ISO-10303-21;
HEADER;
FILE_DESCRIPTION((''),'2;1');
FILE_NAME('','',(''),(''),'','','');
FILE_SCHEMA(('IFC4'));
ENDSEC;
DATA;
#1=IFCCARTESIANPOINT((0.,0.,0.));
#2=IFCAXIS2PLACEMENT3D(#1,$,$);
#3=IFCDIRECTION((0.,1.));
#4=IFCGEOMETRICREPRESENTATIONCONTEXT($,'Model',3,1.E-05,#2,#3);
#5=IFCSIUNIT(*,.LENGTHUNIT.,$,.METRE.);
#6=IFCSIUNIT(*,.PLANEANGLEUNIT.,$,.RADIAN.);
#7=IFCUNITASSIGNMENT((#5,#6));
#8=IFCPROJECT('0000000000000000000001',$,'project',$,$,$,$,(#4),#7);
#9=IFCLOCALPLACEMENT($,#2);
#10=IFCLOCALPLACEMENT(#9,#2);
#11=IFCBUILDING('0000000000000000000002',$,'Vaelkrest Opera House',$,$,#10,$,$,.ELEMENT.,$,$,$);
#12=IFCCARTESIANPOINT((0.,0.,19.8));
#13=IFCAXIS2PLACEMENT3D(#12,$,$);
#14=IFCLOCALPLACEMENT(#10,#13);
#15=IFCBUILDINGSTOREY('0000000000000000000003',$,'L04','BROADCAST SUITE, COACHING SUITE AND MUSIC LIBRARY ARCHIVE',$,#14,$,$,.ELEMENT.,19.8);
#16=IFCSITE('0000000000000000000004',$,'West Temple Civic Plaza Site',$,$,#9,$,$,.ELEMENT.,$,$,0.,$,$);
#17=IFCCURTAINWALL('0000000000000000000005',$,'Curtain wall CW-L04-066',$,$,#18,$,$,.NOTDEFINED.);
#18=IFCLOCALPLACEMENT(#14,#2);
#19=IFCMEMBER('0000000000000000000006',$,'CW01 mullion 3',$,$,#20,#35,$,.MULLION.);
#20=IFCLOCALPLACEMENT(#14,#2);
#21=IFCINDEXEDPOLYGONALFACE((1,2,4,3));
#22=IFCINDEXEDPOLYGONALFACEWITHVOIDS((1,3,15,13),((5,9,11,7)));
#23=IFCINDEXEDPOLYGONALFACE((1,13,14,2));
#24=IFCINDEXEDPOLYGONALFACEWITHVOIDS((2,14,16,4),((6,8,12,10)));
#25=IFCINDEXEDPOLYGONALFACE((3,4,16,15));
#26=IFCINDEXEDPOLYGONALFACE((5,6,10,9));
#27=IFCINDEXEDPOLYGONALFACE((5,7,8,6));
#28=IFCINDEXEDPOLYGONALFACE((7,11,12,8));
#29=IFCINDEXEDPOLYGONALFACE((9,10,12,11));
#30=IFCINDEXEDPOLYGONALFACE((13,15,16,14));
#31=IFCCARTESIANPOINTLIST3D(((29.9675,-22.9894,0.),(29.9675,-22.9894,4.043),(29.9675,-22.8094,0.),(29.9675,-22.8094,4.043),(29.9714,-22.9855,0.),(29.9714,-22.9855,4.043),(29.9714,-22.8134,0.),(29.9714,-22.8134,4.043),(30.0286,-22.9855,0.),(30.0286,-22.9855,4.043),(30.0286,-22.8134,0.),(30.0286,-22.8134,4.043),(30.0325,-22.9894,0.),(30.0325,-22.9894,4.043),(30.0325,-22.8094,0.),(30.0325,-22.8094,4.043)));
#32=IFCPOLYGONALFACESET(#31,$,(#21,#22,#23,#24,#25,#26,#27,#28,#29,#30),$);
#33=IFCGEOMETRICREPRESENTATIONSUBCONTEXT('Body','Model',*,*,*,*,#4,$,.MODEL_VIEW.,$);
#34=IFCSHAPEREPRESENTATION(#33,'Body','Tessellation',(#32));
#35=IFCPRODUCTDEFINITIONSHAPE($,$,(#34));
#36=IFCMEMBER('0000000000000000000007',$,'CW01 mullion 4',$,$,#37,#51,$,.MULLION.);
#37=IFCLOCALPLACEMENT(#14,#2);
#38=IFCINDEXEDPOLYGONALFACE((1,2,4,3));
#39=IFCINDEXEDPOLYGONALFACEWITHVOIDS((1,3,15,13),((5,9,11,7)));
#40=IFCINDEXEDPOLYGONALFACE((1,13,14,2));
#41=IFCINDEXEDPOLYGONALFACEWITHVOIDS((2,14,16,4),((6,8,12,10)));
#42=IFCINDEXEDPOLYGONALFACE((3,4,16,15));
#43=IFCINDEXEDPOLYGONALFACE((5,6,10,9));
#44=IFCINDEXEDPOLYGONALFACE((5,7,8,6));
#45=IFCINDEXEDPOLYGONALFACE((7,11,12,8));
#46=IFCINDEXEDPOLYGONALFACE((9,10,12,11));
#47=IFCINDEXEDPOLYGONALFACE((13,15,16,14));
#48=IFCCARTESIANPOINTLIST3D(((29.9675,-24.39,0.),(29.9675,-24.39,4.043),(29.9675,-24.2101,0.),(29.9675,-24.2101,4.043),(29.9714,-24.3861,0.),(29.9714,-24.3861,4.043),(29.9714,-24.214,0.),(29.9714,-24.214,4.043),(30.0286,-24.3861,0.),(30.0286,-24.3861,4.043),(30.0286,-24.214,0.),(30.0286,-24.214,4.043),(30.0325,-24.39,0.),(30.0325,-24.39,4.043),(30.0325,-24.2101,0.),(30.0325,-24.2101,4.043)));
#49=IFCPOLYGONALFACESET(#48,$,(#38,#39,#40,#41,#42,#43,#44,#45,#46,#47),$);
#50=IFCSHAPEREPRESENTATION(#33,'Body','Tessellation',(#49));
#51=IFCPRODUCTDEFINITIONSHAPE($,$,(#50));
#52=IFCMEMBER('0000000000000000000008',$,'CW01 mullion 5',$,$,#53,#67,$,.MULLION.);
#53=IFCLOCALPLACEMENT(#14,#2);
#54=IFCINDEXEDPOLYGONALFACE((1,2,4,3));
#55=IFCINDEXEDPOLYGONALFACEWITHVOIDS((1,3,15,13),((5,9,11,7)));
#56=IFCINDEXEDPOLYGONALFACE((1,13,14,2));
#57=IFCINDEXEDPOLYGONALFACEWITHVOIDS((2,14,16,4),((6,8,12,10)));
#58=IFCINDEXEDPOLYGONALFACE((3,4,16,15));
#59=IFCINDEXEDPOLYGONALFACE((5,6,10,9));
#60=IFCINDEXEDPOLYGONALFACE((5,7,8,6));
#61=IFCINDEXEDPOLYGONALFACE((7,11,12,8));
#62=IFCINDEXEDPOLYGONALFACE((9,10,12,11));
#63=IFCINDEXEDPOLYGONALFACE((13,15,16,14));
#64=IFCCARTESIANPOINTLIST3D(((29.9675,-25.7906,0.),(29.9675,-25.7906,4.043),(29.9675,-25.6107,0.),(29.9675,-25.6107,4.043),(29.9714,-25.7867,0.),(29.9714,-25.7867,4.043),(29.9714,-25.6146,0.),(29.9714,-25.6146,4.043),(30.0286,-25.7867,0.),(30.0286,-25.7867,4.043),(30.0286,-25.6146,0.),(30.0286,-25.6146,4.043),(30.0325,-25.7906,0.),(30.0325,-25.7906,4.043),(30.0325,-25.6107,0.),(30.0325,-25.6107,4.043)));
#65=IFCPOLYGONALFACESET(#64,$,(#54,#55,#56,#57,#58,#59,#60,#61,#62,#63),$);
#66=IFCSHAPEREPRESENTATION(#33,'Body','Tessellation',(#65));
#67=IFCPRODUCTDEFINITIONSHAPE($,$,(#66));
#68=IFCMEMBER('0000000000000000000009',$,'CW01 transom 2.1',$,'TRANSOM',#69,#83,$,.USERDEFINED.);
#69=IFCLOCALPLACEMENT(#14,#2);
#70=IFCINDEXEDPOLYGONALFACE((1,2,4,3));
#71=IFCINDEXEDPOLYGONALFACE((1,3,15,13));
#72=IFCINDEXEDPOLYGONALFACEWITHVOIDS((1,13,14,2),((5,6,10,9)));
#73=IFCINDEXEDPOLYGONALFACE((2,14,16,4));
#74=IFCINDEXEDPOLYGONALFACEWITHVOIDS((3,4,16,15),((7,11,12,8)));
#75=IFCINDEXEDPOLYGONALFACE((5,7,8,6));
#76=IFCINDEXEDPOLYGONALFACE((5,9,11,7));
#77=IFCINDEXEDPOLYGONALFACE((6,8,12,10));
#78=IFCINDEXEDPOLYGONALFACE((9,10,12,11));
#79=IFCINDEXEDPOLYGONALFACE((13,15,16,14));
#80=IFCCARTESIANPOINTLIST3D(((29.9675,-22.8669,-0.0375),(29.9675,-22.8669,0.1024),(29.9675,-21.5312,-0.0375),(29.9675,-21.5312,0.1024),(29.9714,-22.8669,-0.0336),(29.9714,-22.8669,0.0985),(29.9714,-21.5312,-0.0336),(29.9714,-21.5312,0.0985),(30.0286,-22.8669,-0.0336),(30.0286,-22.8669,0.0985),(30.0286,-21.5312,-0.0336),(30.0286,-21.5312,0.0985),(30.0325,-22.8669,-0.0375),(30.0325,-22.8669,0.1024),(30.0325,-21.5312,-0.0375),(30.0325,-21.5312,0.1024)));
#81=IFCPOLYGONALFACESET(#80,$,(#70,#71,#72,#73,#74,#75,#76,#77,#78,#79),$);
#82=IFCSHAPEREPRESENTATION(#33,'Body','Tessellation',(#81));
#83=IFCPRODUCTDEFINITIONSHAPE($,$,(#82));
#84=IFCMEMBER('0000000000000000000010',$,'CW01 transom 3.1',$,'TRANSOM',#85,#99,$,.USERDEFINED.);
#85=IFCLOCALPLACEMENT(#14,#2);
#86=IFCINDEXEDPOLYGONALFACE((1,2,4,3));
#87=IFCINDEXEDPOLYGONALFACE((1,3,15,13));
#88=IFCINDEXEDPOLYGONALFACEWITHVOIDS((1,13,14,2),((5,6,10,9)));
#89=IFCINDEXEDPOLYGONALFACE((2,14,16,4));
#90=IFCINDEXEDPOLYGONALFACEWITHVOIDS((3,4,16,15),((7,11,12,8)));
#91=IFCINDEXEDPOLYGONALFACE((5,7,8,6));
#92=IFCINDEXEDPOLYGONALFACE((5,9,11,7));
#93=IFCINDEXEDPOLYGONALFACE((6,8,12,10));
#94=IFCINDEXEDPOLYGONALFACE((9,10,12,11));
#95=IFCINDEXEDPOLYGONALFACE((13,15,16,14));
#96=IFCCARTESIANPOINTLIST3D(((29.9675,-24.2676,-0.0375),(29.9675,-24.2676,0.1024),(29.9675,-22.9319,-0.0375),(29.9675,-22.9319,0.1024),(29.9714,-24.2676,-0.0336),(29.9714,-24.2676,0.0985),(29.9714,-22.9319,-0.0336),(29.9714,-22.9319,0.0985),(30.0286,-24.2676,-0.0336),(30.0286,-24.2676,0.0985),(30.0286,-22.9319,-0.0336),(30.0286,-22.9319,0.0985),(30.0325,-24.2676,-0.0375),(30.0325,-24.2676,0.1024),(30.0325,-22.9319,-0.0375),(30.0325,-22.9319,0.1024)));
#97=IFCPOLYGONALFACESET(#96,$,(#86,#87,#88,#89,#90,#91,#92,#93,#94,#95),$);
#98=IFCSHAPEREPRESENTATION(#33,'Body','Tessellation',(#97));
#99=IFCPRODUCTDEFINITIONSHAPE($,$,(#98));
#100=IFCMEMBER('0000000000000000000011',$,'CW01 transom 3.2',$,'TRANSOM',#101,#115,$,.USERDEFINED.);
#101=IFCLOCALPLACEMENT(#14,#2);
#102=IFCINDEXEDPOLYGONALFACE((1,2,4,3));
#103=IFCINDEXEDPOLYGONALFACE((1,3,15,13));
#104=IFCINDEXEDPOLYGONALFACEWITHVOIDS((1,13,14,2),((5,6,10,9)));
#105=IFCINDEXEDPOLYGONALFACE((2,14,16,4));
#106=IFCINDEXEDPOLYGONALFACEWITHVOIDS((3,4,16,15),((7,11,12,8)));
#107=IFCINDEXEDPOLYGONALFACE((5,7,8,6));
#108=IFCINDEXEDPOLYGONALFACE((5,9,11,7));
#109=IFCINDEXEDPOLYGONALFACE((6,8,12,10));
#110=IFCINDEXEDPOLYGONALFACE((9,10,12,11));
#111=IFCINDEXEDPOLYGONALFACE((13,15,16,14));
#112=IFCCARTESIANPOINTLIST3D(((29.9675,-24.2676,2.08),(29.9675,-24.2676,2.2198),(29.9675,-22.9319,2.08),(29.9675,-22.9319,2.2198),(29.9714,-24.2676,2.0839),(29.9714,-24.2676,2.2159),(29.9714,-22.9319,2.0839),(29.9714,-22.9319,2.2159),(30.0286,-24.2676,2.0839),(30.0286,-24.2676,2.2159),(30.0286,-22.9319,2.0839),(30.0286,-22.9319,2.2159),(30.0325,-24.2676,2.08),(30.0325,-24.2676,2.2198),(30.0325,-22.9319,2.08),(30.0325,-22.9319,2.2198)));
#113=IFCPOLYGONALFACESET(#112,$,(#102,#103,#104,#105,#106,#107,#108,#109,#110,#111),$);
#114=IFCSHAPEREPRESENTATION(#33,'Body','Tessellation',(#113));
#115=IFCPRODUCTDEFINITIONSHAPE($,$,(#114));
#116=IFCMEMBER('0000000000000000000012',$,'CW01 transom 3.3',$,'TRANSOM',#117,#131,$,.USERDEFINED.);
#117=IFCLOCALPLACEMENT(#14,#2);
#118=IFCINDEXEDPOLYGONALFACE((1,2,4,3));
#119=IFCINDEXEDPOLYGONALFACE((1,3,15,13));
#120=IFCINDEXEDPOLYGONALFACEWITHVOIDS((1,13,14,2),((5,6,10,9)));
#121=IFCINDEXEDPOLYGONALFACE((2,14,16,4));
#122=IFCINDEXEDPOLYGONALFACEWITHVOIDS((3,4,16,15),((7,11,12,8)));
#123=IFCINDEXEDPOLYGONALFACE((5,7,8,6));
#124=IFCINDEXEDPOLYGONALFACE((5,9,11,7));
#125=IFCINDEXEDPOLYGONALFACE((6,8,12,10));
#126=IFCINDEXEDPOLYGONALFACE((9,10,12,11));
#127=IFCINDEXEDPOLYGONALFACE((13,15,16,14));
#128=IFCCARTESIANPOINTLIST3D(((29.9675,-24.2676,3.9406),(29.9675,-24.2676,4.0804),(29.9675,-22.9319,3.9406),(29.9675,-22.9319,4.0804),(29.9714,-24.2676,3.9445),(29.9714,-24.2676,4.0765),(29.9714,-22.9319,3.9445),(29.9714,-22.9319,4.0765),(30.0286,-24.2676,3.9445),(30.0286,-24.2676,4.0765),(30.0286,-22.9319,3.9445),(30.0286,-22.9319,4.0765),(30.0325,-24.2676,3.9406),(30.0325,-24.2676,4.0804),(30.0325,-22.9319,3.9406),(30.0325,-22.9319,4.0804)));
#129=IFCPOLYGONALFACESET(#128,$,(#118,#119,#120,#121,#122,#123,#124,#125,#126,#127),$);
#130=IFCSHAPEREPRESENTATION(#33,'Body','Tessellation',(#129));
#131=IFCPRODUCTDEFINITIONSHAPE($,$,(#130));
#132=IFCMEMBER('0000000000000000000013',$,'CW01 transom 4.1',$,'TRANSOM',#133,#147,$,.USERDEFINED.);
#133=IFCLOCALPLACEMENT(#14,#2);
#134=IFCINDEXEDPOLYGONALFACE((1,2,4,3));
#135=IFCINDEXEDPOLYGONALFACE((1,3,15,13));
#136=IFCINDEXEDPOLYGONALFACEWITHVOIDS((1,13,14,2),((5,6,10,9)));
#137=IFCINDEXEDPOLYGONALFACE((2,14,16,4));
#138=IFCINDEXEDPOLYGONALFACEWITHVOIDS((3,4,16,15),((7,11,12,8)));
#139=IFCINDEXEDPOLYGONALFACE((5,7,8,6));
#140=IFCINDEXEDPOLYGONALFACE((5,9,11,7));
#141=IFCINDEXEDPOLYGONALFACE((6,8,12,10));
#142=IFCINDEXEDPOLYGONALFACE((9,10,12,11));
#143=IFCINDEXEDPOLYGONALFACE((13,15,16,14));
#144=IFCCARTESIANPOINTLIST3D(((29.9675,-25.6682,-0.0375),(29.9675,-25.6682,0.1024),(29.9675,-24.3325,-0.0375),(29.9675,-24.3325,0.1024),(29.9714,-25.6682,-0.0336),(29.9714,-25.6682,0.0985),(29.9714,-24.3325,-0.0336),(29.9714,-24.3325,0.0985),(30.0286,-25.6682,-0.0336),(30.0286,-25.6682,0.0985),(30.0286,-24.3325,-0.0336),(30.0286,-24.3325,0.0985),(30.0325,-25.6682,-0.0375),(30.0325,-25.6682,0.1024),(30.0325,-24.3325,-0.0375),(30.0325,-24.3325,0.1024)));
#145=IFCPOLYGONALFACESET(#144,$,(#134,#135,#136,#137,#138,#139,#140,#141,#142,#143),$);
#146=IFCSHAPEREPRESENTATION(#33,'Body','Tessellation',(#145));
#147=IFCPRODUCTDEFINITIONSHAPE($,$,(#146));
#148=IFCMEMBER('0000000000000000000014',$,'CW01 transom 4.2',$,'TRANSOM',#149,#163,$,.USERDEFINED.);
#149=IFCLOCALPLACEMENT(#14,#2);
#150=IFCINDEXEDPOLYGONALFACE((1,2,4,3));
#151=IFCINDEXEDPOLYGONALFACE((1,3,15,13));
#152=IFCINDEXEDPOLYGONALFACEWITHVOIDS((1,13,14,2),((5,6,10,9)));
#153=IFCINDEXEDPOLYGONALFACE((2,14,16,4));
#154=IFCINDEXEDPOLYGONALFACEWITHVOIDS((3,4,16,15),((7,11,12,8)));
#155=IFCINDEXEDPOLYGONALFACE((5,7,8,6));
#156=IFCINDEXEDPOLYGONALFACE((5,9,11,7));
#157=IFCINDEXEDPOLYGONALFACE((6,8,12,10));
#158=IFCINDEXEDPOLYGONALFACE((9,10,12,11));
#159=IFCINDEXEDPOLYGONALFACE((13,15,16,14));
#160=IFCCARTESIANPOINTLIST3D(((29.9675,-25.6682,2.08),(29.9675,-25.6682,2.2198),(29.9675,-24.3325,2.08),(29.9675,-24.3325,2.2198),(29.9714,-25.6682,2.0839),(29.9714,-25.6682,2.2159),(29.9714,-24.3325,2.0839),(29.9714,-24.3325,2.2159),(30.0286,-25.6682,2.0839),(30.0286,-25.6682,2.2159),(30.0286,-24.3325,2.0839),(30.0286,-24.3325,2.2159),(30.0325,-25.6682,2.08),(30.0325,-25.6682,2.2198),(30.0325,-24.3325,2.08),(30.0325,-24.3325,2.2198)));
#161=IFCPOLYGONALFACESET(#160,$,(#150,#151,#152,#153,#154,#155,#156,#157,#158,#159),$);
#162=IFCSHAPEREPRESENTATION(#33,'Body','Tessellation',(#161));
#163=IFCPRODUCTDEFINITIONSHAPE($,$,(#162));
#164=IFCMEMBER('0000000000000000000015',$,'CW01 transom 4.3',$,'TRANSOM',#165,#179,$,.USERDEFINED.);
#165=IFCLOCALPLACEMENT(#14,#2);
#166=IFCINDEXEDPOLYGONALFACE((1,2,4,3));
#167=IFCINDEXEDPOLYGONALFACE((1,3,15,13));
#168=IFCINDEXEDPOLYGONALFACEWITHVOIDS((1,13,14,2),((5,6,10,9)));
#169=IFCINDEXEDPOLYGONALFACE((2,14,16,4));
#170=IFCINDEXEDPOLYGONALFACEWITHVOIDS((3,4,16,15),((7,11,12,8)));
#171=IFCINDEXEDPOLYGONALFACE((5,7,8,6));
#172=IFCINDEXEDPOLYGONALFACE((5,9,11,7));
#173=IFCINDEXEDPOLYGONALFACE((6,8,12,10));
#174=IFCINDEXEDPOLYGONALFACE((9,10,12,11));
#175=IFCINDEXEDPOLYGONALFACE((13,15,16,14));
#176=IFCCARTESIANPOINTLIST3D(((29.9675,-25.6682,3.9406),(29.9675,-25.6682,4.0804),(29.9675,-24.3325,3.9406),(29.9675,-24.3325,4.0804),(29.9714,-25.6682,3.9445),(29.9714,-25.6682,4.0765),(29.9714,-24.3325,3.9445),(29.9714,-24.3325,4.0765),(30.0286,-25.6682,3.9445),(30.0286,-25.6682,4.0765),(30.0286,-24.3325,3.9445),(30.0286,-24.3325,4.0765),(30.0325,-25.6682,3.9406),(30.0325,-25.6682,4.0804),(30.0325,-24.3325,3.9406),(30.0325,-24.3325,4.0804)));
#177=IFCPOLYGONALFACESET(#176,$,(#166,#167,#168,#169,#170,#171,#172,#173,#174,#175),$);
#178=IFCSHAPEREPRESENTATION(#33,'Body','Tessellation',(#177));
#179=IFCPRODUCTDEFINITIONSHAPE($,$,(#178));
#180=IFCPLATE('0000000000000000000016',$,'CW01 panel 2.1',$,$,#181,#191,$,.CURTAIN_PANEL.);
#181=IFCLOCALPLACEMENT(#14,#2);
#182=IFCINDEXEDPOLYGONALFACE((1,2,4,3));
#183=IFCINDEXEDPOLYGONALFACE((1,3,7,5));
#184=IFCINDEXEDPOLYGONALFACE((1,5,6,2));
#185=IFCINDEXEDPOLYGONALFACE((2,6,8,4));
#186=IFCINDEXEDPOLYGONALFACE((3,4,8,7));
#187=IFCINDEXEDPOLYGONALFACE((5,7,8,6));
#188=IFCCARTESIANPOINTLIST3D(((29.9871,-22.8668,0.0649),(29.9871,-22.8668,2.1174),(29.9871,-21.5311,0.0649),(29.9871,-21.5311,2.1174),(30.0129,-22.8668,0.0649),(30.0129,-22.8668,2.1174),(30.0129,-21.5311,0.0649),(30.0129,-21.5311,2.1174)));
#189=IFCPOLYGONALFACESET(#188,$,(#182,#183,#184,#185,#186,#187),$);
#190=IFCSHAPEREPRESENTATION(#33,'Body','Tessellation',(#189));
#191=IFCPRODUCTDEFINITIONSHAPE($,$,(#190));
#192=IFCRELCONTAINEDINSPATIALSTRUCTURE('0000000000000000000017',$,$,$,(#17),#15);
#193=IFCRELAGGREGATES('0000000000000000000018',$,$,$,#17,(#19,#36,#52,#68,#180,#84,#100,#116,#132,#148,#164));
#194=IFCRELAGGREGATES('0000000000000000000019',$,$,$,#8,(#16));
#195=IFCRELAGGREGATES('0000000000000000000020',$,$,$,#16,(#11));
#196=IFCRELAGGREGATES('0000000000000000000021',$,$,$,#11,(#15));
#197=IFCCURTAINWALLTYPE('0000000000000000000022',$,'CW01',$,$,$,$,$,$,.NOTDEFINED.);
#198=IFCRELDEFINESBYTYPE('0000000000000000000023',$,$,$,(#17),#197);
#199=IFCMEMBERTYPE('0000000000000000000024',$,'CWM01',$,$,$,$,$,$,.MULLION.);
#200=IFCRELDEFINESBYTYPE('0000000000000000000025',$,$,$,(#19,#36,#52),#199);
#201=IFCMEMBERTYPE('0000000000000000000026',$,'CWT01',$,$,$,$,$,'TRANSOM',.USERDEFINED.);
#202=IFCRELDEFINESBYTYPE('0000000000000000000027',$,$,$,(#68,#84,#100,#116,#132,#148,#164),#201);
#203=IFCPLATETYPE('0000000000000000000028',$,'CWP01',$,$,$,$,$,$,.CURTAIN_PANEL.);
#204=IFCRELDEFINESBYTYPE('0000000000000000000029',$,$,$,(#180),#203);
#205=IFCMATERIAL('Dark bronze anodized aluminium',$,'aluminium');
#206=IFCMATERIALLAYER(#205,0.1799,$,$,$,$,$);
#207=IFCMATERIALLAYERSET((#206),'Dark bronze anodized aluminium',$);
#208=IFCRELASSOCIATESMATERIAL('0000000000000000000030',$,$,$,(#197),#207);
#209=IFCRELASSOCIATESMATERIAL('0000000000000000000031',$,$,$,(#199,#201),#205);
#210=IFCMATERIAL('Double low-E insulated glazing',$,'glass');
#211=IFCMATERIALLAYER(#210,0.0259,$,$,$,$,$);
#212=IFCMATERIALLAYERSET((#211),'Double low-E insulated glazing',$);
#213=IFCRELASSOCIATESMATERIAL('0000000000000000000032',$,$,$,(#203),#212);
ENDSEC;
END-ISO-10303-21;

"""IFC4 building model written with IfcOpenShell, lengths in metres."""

from ifc_helpers import new_model, si_unit, direction, frame, origin, origin_2d, place, context, subcontext, project, spatial, rectangle, hollow_rectangle, extrude, material, layer, layer_set, material_profile, profile_set, type_object, element, aggregate, save


model = new_model("IFC4")

# Units and contexts
model_context = context("Model", 3, precision=1e-05, world=origin(), true_north=direction((0.0, 1.0)))
body_context = subcontext(model_context, "Body", "Model", "MODEL_VIEW")
ifc_project = project(units=[si_unit("LENGTHUNIT", "METRE"), si_unit("PLANEANGLEUNIT", "RADIAN")], contexts=[model_context])

# Site, building, storey
site_placement = place(None, origin())
site = spatial("IfcSite", under=ifc_project, at=site_placement, Name="West Temple Civic Plaza Site", CompositionType="ELEMENT", RefElevation=0.0)
building_placement = place(site_placement, origin())
building = spatial("IfcBuilding", under=site, at=building_placement, Name="Vaelkrest Opera House", CompositionType="ELEMENT")
storey_placement = place(building_placement, frame((0.0, 0.0, 19.8)))
storey = spatial("IfcBuildingStorey", under=building, at=storey_placement, Name="L04", Description="BROADCAST SUITE, COACHING SUITE AND MUSIC LIBRARY ARCHIVE", CompositionType="ELEMENT", Elevation=19.8)

# Curtain wall, members, plate
ifc_material_1 = material(Name="Dark bronze anodized aluminium", Category="aluminium")
ifc_layer_1 = layer(ifc_material_1, 0.1799)
ifc_layer_set_1 = layer_set([ifc_layer_1], Name="Dark bronze anodized aluminium")
curtain_wall_type = type_object("IfcCurtainWallType", Name="CW01", PredefinedType="NOTDEFINED", material=ifc_layer_set_1)
curtain_wall_placement = place(storey_placement, origin())
curtain_wall = element("IfcCurtainWall", 1, at=curtain_wall_placement, inside=storey, type_object=curtain_wall_type, Name="Curtain wall CW-L04-066", PredefinedType="NOTDEFINED")
ifc_material_profile_1 = material_profile(ifc_material_1, hollow_rectangle(XDim=0.0649, YDim=0.1799, WallThickness=0.0039, at=origin_2d()), Name="CWM65X180")
ifc_profile_set_1 = profile_set([ifc_material_profile_1], Name="Dark bronze anodized aluminium")
member_type_1 = type_object("IfcMemberType", Name="CWM01", PredefinedType="MULLION", material=ifc_profile_set_1)
member_1_placement = place(storey_placement, frame((30.0, -22.8994, 0.0), z_axis=(0.0, 0.0, 1.0), x_axis=(1.0, 0.0, 0.0)))
member_1 = element("IfcMember", 2, at=member_1_placement, type_object=member_type_1, Name="CW01 mullion 3", PredefinedType="MULLION", context=body_context, shape_type="SweptSolid", body=[
    extrude(hollow_rectangle(XDim=0.0649, YDim=0.1799, WallThickness=0.0039, at=origin_2d()), origin(), (0.0, 0.0, 1.0), 4.043),
])
member_2_placement = place(storey_placement, frame((30.0, -24.3, 0.0), z_axis=(0.0, 0.0, 1.0), x_axis=(1.0, 0.0, 0.0)))
member_2 = element("IfcMember", 3, at=member_2_placement, type_object=member_type_1, Name="CW01 mullion 4", PredefinedType="MULLION", context=body_context, shape_type="SweptSolid", body=[
    extrude(hollow_rectangle(XDim=0.0649, YDim=0.1799, WallThickness=0.0039, at=origin_2d()), origin(), (0.0, 0.0, 1.0), 4.043),
])
member_3_placement = place(storey_placement, frame((30.0, -25.7007, 0.0), z_axis=(0.0, 0.0, 1.0), x_axis=(1.0, 0.0, 0.0)))
member_3 = element("IfcMember", 4, at=member_3_placement, type_object=member_type_1, Name="CW01 mullion 5", PredefinedType="MULLION", context=body_context, shape_type="SweptSolid", body=[
    extrude(hollow_rectangle(XDim=0.0649, YDim=0.1799, WallThickness=0.0039, at=origin_2d()), origin(), (0.0, 0.0, 1.0), 4.043),
])
ifc_material_profile_2 = material_profile(ifc_material_1, hollow_rectangle(XDim=0.0649, YDim=0.1399, WallThickness=0.0039, at=origin_2d()), Name="CWT65X140")
ifc_profile_set_2 = profile_set([ifc_material_profile_2], Name="Dark bronze anodized aluminium")
member_type_2 = type_object("IfcMemberType", Name="CWT01", ElementType="TRANSOM", PredefinedType="USERDEFINED", material=ifc_profile_set_2)
member_4_placement = place(storey_placement, frame((30.0, -21.5312, 0.0325), z_axis=(0.0, -1.0, 0.0), x_axis=(1.0, 0.0, 0.0)))
member_4 = element("IfcMember", 5, at=member_4_placement, type_object=member_type_2, Name="CW01 transom 2.1", ObjectType="TRANSOM", PredefinedType="USERDEFINED", context=body_context, shape_type="SweptSolid", body=[
    extrude(hollow_rectangle(XDim=0.0649, YDim=0.1399, WallThickness=0.0039, at=origin_2d()), origin(), (0.0, 0.0, 1.0), 1.3357),
])
member_5_placement = place(storey_placement, frame((30.0, -22.9319, 0.0325), z_axis=(0.0, -1.0, 0.0), x_axis=(1.0, 0.0, 0.0)))
member_5 = element("IfcMember", 6, at=member_5_placement, type_object=member_type_2, Name="CW01 transom 3.1", ObjectType="TRANSOM", PredefinedType="USERDEFINED", context=body_context, shape_type="SweptSolid", body=[
    extrude(hollow_rectangle(XDim=0.0649, YDim=0.1399, WallThickness=0.0039, at=origin_2d()), origin(), (0.0, 0.0, 1.0), 1.3357),
])
member_6_placement = place(storey_placement, frame((30.0, -22.9319, 2.1499), z_axis=(0.0, -1.0, 0.0), x_axis=(1.0, 0.0, 0.0)))
member_6 = element("IfcMember", 7, at=member_6_placement, type_object=member_type_2, Name="CW01 transom 3.2", ObjectType="TRANSOM", PredefinedType="USERDEFINED", context=body_context, shape_type="SweptSolid", body=[
    extrude(hollow_rectangle(XDim=0.0649, YDim=0.1399, WallThickness=0.0039, at=origin_2d()), origin(), (0.0, 0.0, 1.0), 1.3357),
])
member_7_placement = place(storey_placement, frame((30.0, -22.9319, 4.0105), z_axis=(0.0, -1.0, 0.0), x_axis=(1.0, 0.0, 0.0)))
member_7 = element("IfcMember", 8, at=member_7_placement, type_object=member_type_2, Name="CW01 transom 3.3", ObjectType="TRANSOM", PredefinedType="USERDEFINED", context=body_context, shape_type="SweptSolid", body=[
    extrude(hollow_rectangle(XDim=0.0649, YDim=0.1399, WallThickness=0.0039, at=origin_2d()), origin(), (0.0, 0.0, 1.0), 1.3357),
])
member_8_placement = place(storey_placement, frame((30.0, -24.3325, 0.0325), z_axis=(0.0, -1.0, 0.0), x_axis=(1.0, 0.0, 0.0)))
member_8 = element("IfcMember", 9, at=member_8_placement, type_object=member_type_2, Name="CW01 transom 4.1", ObjectType="TRANSOM", PredefinedType="USERDEFINED", context=body_context, shape_type="SweptSolid", body=[
    extrude(hollow_rectangle(XDim=0.0649, YDim=0.1399, WallThickness=0.0039, at=origin_2d()), origin(), (0.0, 0.0, 1.0), 1.3357),
])
member_9_placement = place(storey_placement, frame((30.0, -24.3325, 2.1499), z_axis=(0.0, -1.0, 0.0), x_axis=(1.0, 0.0, 0.0)))
member_9 = element("IfcMember", 10, at=member_9_placement, type_object=member_type_2, Name="CW01 transom 4.2", ObjectType="TRANSOM", PredefinedType="USERDEFINED", context=body_context, shape_type="SweptSolid", body=[
    extrude(hollow_rectangle(XDim=0.0649, YDim=0.1399, WallThickness=0.0039, at=origin_2d()), origin(), (0.0, 0.0, 1.0), 1.3357),
])
member_10_placement = place(storey_placement, frame((30.0, -24.3325, 4.0105), z_axis=(0.0, -1.0, 0.0), x_axis=(1.0, 0.0, 0.0)))
member_10 = element("IfcMember", 11, at=member_10_placement, type_object=member_type_2, Name="CW01 transom 4.3", ObjectType="TRANSOM", PredefinedType="USERDEFINED", context=body_context, shape_type="SweptSolid", body=[
    extrude(hollow_rectangle(XDim=0.0649, YDim=0.1399, WallThickness=0.0039, at=origin_2d()), origin(), (0.0, 0.0, 1.0), 1.3357),
])
ifc_material_2 = material(Name="Double low-E insulated glazing", Category="glass")
ifc_layer_2 = layer(ifc_material_2, 0.0259)
ifc_layer_set_2 = layer_set([ifc_layer_2], Name="Double low-E insulated glazing")
plate_type = type_object("IfcPlateType", Name="CWP01", PredefinedType="CURTAIN_PANEL", material=ifc_layer_set_2)
plate_1_placement = place(storey_placement, frame((30.0, -22.199, 0.0649), z_axis=(0.0, 0.0, 1.0), x_axis=(0.0, -1.0, 0.0)))
plate_1 = element("IfcPlate", 12, at=plate_1_placement, type_object=plate_type, Name="CW01 panel 2.1", PredefinedType="CURTAIN_PANEL", context=body_context, shape_type="SweptSolid", body=[
    extrude(rectangle(XDim=1.3357, YDim=0.0259, at=origin_2d()), origin(), (0.0, 0.0, 1.0), 2.0525),
])
aggregate(curtain_wall, [member_1, member_2, member_3, member_4, plate_1, member_5, member_6, member_7, member_8, member_9, member_10])

save(model, "model.ifc")
